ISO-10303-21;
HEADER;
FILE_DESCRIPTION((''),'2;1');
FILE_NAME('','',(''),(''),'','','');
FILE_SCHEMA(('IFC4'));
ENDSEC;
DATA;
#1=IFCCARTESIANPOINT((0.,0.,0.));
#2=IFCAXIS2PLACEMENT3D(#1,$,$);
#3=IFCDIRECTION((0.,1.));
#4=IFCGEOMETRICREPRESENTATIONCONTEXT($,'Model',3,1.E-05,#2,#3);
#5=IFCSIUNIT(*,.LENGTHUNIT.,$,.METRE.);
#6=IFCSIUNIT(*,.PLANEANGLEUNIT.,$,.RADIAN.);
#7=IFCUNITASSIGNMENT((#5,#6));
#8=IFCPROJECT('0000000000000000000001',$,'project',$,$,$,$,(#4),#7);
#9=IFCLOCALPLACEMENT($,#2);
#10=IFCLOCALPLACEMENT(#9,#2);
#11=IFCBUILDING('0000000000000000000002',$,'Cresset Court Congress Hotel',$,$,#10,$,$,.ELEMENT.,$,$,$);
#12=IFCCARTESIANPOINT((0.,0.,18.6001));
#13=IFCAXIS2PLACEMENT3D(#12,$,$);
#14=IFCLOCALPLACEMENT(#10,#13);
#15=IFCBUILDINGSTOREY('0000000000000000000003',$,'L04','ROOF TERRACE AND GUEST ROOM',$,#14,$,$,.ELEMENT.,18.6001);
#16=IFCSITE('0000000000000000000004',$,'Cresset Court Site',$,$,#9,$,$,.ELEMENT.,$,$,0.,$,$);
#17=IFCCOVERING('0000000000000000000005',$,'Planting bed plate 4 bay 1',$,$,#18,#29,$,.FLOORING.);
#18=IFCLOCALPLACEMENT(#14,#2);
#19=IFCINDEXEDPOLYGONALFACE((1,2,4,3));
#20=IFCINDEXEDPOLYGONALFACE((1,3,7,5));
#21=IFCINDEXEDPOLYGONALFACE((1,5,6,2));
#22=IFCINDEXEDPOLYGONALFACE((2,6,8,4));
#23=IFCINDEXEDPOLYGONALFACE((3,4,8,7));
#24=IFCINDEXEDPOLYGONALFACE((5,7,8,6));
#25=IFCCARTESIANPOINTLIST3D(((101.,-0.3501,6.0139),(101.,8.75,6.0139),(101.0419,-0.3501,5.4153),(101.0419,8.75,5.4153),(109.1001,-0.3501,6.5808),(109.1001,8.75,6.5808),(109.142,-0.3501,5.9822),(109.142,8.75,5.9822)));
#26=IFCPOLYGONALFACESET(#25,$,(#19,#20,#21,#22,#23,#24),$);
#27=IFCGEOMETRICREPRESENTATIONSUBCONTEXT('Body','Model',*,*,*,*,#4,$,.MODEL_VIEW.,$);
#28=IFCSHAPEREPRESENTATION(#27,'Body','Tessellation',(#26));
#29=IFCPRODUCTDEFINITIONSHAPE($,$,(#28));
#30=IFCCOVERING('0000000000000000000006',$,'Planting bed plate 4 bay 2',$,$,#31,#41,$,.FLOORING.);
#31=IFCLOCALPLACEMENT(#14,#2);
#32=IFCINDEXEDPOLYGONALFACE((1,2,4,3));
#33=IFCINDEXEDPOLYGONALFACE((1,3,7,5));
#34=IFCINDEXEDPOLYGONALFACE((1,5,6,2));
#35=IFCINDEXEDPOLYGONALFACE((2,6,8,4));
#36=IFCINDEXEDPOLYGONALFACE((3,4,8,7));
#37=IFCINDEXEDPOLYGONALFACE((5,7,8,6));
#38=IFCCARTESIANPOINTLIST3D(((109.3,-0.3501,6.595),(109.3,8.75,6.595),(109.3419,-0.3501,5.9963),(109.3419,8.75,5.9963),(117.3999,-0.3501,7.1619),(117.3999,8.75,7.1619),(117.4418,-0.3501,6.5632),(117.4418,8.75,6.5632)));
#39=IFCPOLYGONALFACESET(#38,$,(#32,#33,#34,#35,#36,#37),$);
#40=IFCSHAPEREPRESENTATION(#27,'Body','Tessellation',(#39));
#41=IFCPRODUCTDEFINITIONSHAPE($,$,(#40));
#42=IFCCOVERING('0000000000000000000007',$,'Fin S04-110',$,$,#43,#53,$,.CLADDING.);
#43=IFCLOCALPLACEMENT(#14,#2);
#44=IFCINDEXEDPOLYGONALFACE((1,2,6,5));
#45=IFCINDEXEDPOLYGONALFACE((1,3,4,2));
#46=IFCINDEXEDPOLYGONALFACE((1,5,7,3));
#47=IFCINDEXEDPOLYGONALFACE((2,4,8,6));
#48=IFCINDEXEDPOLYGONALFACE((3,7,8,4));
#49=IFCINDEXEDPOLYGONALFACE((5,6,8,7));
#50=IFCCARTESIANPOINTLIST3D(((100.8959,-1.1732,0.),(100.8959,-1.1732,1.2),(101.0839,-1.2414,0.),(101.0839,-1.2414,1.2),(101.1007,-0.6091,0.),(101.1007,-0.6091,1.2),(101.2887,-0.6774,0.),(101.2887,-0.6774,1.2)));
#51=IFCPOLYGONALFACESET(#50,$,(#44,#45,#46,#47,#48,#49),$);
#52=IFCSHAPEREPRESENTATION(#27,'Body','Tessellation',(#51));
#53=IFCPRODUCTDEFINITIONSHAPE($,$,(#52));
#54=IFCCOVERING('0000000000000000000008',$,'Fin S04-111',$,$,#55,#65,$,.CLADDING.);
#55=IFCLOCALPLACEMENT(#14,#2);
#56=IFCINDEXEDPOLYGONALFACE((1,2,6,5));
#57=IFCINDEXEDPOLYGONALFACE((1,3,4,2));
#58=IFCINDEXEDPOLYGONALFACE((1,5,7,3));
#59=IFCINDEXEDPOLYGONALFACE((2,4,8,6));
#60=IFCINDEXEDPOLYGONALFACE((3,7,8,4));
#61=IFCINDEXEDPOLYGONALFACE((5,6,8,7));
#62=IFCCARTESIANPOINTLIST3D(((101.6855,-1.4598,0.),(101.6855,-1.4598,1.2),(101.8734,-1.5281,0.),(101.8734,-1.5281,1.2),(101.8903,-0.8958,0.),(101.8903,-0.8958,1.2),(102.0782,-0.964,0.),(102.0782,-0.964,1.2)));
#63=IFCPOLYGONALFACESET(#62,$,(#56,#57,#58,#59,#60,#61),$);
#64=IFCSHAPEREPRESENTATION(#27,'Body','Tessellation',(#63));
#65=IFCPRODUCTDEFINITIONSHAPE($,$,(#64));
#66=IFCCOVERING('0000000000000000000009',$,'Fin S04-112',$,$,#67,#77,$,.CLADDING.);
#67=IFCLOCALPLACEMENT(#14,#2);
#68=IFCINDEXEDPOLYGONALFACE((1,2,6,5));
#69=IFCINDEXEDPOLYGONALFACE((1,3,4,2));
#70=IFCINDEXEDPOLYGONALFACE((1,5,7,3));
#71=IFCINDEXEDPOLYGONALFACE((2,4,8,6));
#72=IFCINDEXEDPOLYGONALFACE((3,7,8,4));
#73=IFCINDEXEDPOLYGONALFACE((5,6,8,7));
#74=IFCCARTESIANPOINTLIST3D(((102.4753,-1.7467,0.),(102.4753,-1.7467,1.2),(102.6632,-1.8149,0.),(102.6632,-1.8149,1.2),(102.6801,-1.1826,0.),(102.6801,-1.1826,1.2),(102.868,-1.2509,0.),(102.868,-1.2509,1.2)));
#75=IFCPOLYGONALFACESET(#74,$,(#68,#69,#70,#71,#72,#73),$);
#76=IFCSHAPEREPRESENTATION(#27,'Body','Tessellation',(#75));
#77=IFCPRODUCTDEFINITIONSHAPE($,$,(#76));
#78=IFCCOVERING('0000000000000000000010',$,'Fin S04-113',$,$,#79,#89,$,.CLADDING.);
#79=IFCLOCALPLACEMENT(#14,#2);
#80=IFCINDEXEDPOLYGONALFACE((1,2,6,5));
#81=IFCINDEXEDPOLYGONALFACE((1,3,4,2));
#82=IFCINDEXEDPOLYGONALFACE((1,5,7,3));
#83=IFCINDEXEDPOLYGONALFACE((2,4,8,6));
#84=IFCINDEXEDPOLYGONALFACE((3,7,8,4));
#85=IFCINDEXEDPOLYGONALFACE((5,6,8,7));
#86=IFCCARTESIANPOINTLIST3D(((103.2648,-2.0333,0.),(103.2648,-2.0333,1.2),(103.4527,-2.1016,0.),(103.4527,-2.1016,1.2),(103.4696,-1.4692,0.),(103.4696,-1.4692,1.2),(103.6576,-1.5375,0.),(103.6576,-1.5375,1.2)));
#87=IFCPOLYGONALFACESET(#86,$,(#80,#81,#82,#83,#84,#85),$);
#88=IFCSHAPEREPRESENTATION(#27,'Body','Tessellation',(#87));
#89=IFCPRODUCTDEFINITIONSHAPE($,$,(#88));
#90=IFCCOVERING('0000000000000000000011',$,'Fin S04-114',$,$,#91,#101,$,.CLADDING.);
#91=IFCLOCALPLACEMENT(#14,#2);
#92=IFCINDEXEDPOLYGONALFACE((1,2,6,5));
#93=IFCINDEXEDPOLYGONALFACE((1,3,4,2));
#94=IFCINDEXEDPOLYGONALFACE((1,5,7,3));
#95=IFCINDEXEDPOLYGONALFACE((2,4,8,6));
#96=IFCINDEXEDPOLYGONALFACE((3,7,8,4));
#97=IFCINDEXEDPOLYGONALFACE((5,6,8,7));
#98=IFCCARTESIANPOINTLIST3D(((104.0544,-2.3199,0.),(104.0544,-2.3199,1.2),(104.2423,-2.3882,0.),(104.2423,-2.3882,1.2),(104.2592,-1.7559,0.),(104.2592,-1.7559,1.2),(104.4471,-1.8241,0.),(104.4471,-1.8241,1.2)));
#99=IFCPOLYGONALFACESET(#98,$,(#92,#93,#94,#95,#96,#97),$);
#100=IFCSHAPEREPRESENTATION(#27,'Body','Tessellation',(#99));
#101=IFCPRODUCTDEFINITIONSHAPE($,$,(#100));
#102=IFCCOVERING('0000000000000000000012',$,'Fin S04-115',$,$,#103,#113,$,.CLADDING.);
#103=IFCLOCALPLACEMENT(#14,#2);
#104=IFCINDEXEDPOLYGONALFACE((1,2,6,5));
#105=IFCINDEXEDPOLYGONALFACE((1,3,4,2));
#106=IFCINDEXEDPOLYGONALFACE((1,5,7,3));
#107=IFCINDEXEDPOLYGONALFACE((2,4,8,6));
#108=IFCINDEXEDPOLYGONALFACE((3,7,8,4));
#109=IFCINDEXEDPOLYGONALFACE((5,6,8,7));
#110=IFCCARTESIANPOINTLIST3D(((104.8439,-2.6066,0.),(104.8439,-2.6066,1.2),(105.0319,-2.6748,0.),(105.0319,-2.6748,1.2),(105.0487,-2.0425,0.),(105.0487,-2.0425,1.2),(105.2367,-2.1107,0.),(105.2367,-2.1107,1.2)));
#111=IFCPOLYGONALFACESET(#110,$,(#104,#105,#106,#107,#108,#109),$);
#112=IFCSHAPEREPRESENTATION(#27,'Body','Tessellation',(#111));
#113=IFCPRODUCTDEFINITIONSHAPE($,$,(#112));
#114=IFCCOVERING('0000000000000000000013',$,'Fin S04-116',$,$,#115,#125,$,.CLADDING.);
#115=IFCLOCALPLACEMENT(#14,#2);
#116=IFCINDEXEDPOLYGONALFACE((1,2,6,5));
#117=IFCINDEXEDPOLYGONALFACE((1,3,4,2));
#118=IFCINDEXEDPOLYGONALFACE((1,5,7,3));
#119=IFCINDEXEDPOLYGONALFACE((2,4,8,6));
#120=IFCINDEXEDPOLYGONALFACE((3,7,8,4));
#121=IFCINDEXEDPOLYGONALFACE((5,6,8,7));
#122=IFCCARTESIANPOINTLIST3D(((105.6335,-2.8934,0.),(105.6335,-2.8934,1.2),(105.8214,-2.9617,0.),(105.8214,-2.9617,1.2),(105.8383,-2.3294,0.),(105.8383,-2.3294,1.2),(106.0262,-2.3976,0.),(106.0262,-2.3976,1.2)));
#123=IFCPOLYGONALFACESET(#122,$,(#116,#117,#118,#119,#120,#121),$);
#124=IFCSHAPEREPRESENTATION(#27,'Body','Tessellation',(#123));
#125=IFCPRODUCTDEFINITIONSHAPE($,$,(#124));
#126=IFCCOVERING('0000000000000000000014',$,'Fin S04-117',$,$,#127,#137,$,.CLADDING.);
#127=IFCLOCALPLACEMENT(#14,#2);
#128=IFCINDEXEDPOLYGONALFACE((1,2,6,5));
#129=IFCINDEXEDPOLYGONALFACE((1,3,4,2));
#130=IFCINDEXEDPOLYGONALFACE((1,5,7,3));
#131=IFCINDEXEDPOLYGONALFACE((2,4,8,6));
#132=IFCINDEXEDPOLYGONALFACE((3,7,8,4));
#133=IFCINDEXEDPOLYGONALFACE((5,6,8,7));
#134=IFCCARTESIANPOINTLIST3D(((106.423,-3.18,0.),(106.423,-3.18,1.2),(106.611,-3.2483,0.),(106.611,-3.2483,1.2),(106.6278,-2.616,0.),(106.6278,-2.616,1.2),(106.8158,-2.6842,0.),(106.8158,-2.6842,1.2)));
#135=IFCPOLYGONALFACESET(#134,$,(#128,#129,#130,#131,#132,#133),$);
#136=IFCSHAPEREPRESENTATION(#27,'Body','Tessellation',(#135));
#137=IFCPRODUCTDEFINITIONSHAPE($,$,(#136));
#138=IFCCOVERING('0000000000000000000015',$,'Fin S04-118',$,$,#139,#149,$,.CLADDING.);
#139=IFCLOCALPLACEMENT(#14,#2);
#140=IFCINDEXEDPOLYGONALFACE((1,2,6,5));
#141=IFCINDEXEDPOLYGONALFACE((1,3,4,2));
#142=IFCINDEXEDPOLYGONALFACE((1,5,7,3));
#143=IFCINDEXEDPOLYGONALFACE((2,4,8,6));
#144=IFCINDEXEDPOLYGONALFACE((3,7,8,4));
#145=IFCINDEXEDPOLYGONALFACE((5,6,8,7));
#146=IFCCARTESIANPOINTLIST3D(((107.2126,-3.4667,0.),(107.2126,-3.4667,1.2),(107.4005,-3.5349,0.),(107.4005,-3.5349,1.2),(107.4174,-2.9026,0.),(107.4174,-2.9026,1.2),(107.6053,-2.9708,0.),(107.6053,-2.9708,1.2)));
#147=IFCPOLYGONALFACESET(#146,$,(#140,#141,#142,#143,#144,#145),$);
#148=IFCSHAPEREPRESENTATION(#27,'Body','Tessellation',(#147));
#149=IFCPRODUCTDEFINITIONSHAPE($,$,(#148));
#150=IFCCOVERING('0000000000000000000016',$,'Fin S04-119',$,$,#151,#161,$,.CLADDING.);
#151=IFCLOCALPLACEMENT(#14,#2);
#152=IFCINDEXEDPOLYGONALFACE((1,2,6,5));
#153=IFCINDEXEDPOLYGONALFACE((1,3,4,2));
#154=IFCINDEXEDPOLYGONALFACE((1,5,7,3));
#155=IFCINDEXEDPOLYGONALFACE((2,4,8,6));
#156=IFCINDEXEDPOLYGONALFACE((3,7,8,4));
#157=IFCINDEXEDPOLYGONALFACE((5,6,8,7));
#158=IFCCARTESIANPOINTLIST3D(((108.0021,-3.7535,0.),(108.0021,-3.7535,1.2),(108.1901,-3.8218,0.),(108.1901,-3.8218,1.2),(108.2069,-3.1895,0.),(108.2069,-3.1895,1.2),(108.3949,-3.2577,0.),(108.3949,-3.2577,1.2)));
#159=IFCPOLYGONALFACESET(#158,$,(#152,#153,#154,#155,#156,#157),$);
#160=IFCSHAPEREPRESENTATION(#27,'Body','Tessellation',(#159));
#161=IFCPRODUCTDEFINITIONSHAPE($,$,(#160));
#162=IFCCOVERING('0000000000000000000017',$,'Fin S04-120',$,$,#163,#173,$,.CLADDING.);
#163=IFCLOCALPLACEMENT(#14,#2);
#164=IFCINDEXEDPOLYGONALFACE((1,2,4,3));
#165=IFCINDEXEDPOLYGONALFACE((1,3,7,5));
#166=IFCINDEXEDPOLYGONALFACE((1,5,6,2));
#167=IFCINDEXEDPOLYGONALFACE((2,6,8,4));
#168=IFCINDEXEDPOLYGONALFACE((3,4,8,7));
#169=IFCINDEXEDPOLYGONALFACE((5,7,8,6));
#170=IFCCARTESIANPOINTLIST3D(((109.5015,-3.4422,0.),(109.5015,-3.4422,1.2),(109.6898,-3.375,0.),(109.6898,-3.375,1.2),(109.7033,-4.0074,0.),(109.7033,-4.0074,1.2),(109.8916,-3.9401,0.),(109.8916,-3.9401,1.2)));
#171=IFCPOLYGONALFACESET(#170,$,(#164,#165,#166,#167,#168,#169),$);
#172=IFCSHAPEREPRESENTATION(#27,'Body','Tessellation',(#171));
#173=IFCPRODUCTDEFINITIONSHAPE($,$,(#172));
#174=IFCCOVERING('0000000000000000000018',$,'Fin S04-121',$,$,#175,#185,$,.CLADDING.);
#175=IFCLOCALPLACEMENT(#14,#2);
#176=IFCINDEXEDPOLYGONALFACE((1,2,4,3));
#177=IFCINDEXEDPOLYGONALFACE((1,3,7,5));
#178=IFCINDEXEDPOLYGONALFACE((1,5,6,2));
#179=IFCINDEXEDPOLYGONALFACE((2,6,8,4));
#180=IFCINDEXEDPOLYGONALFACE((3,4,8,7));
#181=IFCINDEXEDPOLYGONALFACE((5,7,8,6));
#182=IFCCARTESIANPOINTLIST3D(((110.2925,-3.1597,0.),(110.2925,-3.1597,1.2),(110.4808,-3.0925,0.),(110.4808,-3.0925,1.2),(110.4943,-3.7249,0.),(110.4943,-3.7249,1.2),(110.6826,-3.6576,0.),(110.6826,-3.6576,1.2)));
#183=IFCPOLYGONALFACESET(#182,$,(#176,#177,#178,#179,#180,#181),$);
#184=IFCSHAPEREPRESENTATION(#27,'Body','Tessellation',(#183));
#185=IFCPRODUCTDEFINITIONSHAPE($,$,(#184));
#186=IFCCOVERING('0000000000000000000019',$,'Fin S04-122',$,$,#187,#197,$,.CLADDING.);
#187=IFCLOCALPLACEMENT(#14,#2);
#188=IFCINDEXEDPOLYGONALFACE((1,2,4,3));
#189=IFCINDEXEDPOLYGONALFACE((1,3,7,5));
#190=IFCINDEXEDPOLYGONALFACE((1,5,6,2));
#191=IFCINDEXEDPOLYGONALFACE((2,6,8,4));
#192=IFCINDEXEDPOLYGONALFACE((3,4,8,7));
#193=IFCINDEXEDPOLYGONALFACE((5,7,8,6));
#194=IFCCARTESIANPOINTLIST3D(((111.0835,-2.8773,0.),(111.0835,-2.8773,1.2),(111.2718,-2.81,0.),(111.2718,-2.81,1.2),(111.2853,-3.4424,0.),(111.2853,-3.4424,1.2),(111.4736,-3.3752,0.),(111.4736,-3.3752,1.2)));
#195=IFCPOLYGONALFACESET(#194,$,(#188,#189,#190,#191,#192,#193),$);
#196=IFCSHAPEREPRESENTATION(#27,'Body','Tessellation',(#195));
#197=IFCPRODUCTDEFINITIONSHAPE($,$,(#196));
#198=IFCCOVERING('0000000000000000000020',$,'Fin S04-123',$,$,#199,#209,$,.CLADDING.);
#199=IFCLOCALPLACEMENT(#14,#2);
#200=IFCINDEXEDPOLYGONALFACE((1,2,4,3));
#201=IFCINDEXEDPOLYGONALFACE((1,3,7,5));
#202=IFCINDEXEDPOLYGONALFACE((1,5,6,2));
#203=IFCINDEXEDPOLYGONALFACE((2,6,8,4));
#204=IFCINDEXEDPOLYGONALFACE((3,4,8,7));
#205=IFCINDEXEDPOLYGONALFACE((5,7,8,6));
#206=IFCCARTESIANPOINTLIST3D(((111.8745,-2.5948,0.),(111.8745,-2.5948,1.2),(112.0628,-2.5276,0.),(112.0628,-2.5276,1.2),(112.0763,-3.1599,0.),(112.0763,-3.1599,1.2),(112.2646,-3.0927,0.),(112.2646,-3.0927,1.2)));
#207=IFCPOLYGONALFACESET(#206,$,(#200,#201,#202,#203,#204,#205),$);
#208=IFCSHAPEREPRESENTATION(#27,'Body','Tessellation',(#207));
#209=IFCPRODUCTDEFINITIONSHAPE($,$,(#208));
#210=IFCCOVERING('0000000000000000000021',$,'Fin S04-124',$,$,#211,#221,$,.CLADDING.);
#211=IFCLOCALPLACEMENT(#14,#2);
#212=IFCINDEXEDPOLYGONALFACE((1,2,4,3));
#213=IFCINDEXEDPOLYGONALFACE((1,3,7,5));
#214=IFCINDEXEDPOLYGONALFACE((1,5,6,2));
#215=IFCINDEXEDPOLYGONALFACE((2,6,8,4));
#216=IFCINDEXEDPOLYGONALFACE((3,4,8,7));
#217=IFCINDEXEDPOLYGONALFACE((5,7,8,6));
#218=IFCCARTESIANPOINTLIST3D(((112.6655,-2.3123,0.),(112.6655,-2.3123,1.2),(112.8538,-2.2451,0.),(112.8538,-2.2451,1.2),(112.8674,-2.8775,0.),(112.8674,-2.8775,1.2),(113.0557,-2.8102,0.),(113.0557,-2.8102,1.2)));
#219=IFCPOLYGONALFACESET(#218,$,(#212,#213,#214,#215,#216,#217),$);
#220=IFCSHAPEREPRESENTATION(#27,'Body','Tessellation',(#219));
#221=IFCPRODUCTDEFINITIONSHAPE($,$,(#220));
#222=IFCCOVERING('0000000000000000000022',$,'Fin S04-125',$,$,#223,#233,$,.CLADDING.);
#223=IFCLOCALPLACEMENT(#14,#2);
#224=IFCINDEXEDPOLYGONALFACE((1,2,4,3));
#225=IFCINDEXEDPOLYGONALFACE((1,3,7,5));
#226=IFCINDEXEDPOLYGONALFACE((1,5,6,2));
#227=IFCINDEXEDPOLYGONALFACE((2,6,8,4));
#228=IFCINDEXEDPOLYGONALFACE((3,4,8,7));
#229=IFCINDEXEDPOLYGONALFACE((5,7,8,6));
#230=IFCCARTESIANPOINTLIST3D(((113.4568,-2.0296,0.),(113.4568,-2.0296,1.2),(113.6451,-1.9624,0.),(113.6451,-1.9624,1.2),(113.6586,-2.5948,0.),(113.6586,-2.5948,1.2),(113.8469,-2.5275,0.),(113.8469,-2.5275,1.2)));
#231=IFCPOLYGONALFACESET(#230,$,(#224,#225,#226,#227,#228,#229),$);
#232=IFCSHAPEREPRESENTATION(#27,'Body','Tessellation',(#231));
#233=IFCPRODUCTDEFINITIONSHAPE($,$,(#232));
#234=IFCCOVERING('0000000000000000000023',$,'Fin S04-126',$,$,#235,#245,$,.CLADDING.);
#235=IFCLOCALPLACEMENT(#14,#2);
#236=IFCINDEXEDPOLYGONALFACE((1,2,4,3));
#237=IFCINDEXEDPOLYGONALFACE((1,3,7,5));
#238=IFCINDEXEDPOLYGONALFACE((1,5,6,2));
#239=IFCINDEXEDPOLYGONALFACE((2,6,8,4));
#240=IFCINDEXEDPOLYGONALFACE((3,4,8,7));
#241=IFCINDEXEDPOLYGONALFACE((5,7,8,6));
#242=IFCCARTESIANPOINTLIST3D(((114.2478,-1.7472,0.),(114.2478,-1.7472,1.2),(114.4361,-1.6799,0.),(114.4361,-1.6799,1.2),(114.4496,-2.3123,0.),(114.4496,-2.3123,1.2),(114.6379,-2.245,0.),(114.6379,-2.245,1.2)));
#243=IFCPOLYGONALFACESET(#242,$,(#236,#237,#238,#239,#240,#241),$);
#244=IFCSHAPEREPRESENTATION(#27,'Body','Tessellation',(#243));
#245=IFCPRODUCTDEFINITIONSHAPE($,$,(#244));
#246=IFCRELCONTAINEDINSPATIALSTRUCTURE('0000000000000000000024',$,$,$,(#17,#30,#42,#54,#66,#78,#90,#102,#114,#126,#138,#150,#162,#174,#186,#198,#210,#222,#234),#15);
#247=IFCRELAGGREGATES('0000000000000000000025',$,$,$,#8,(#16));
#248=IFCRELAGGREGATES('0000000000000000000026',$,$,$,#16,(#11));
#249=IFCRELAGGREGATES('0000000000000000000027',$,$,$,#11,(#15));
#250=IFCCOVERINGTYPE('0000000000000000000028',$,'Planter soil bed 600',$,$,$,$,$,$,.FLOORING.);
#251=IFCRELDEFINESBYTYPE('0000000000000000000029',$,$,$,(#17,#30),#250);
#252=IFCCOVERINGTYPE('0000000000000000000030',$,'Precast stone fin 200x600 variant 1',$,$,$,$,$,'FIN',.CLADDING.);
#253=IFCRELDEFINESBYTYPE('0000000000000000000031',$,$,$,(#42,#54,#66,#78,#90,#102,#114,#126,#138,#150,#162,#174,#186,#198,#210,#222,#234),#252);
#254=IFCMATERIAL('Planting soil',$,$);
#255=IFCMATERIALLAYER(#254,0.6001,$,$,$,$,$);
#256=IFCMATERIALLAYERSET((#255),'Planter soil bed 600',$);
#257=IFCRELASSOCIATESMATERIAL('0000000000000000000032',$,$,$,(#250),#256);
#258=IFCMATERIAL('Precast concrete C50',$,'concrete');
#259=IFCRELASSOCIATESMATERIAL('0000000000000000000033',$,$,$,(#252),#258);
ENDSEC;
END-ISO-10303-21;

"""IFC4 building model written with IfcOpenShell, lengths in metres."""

from ifc_helpers import new_model, si_unit, direction, frame, origin, origin_2d, place, context, subcontext, project, spatial, polyline, rectangle, outline, extrude, material, layer, layer_set, type_object, element, save


model = new_model("IFC4")

# Units and contexts
model_context = context("Model", 3, precision=1e-05, world=origin(), true_north=direction((0.0, 1.0)))
body_context = subcontext(model_context, "Body", "Model", "MODEL_VIEW")
ifc_project = project(units=[si_unit("LENGTHUNIT", "METRE"), si_unit("PLANEANGLEUNIT", "RADIAN")], contexts=[model_context])

# Site, building, storey
site_placement = place(None, origin())
site = spatial("IfcSite", under=ifc_project, at=site_placement, Name="Cresset Court Site", CompositionType="ELEMENT", RefElevation=0.0)
building_placement = place(site_placement, origin())
building = spatial("IfcBuilding", under=site, at=building_placement, Name="Cresset Court Congress Hotel", CompositionType="ELEMENT")
storey_placement = place(building_placement, frame((0.0, 0.0, 18.6001)))
storey = spatial("IfcBuildingStorey", under=building, at=storey_placement, Name="L04", Description="ROOF TERRACE AND GUEST ROOM", CompositionType="ELEMENT", Elevation=18.6001)

# Coverings
ifc_material_1 = material(Name="Planting soil")
ifc_layer_1 = layer(ifc_material_1, 0.6001)
ifc_layer_set_1 = layer_set([ifc_layer_1], Name="Planter soil bed 600")
covering_type_1 = type_object("IfcCoveringType", Name="Planter soil bed 600", PredefinedType="FLOORING", material=ifc_layer_set_1)
covering_1_placement = place(storey_placement, frame((101.0, -0.3501, 6.0139), z_axis=(-0.069815, 0.0, 0.99756), x_axis=(0.99756, 0.0, 0.069815)))
element("IfcCovering", 1, at=covering_1_placement, inside=storey, type_object=covering_type_1, Name="Planting bed plate 4 bay 1", PredefinedType="FLOORING", context=body_context, shape_type="SweptSolid", body=[
    extrude(outline(polyline([(0.0, 0.0), (8.1199, 0.0), (8.1199, 9.1001), (0.0, 9.1001), (0.0, 0.0)])), origin(), (0.0, 0.0, -1.0), 0.6001),
])
covering_2_placement = place(storey_placement, frame((109.3, -0.3501, 6.595), z_axis=(-0.069817, 0.0, 0.99756), x_axis=(0.99756, 0.0, 0.069817)))
element("IfcCovering", 2, at=covering_2_placement, inside=storey, type_object=covering_type_1, Name="Planting bed plate 4 bay 2", PredefinedType="FLOORING", context=body_context, shape_type="SweptSolid", body=[
    extrude(outline(polyline([(0.0, 0.0), (8.1197, 0.0), (8.1197, 9.1001), (0.0, 9.1001), (0.0, 0.0)])), origin(), (0.0, 0.0, -1.0), 0.6001),
])
ifc_material_2 = material(Name="Precast concrete C50", Category="concrete")
covering_type_2 = type_object("IfcCoveringType", Name="Precast stone fin 200x600 variant 1", ElementType="FIN", PredefinedType="CLADDING", material=ifc_material_2)
for number, where, z_axis, x_axis, name in (
    (3, (101.0923, -0.9253, 0.0), (0.0, 0.0, 1.0), (0.939957, -0.341293, 0.0), "Fin S04-110"),
    (4, (101.8818, -1.2119, 0.0), (0.0, 0.0, 1.0), (0.939957, -0.341293, 0.0), "Fin S04-111"),
    (5, (102.6716, -1.4988, 0.0), (0.0, 0.0, 1.0), (0.939957, -0.341293, 0.0), "Fin S04-112"),
    (6, (103.4612, -1.7854, 0.0), (0.0, 0.0, 1.0), (0.939957, -0.341293, 0.0), "Fin S04-113"),
    (7, (104.2507, -2.072, 0.0), (0.0, 0.0, 1.0), (0.939957, -0.341293, 0.0), "Fin S04-114"),
    (8, (105.0403, -2.3586, 0.0), (0.0, 0.0, 1.0), (0.939957, -0.341293, 0.0), "Fin S04-115"),
    (9, (105.8298, -2.6455, 0.0), (0.0, 0.0, 1.0), (0.939957, -0.341293, 0.0), "Fin S04-116"),
    (10, (106.6194, -2.9321, 0.0), (0.0, 0.0, 1.0), (0.939957, -0.341293, 0.0), "Fin S04-117"),
    (11, (107.4089, -3.2188, 0.0), (0.0, 0.0, 1.0), (0.939957, -0.341293, 0.0), "Fin S04-118"),
    (12, (108.1985, -3.5056, 0.0), (0.0, 0.0, 1.0), (0.939957, -0.341293, 0.0), "Fin S04-119"),
    (13, (109.6965, -3.6912, 0.0), (0.0, 0.0, 1.0), (0.941742, 0.336336, 0.0), "Fin S04-120"),
    (14, (110.4875, -3.4087, 0.0), (0.0, 0.0, 1.0), (0.941742, 0.336336, 0.0), "Fin S04-121"),
    (15, (111.2786, -3.1262, 0.0), (0.0, 0.0, 1.0), (0.941742, 0.336336, 0.0), "Fin S04-122"),
    (16, (112.0696, -2.8438, 0.0), (0.0, 0.0, 1.0), (0.941742, 0.336336, 0.0), "Fin S04-123"),
    (17, (112.8606, -2.5613, 0.0), (0.0, 0.0, 1.0), (0.941742, 0.336336, 0.0), "Fin S04-124"),
    (18, (113.6519, -2.2786, 0.0), (0.0, 0.0, 1.0), (0.941742, 0.336336, 0.0), "Fin S04-125"),
    (19, (114.4429, -1.9961, 0.0), (0.0, 0.0, 1.0), (0.941742, 0.336336, 0.0), "Fin S04-126"),
):
    element("IfcCovering", number, at=place(storey_placement, frame(where, z_axis=z_axis, x_axis=x_axis)), inside=storey, type_object=covering_type_2, Name=name, PredefinedType="CLADDING", context=body_context, shape_type="SweptSolid", body=[
        extrude(rectangle(XDim=0.2, YDim=0.6001, at=origin_2d()), origin(), (0.0, 0.0, 1.0), 1.2),
    ])

save(model, "model.ifc")
